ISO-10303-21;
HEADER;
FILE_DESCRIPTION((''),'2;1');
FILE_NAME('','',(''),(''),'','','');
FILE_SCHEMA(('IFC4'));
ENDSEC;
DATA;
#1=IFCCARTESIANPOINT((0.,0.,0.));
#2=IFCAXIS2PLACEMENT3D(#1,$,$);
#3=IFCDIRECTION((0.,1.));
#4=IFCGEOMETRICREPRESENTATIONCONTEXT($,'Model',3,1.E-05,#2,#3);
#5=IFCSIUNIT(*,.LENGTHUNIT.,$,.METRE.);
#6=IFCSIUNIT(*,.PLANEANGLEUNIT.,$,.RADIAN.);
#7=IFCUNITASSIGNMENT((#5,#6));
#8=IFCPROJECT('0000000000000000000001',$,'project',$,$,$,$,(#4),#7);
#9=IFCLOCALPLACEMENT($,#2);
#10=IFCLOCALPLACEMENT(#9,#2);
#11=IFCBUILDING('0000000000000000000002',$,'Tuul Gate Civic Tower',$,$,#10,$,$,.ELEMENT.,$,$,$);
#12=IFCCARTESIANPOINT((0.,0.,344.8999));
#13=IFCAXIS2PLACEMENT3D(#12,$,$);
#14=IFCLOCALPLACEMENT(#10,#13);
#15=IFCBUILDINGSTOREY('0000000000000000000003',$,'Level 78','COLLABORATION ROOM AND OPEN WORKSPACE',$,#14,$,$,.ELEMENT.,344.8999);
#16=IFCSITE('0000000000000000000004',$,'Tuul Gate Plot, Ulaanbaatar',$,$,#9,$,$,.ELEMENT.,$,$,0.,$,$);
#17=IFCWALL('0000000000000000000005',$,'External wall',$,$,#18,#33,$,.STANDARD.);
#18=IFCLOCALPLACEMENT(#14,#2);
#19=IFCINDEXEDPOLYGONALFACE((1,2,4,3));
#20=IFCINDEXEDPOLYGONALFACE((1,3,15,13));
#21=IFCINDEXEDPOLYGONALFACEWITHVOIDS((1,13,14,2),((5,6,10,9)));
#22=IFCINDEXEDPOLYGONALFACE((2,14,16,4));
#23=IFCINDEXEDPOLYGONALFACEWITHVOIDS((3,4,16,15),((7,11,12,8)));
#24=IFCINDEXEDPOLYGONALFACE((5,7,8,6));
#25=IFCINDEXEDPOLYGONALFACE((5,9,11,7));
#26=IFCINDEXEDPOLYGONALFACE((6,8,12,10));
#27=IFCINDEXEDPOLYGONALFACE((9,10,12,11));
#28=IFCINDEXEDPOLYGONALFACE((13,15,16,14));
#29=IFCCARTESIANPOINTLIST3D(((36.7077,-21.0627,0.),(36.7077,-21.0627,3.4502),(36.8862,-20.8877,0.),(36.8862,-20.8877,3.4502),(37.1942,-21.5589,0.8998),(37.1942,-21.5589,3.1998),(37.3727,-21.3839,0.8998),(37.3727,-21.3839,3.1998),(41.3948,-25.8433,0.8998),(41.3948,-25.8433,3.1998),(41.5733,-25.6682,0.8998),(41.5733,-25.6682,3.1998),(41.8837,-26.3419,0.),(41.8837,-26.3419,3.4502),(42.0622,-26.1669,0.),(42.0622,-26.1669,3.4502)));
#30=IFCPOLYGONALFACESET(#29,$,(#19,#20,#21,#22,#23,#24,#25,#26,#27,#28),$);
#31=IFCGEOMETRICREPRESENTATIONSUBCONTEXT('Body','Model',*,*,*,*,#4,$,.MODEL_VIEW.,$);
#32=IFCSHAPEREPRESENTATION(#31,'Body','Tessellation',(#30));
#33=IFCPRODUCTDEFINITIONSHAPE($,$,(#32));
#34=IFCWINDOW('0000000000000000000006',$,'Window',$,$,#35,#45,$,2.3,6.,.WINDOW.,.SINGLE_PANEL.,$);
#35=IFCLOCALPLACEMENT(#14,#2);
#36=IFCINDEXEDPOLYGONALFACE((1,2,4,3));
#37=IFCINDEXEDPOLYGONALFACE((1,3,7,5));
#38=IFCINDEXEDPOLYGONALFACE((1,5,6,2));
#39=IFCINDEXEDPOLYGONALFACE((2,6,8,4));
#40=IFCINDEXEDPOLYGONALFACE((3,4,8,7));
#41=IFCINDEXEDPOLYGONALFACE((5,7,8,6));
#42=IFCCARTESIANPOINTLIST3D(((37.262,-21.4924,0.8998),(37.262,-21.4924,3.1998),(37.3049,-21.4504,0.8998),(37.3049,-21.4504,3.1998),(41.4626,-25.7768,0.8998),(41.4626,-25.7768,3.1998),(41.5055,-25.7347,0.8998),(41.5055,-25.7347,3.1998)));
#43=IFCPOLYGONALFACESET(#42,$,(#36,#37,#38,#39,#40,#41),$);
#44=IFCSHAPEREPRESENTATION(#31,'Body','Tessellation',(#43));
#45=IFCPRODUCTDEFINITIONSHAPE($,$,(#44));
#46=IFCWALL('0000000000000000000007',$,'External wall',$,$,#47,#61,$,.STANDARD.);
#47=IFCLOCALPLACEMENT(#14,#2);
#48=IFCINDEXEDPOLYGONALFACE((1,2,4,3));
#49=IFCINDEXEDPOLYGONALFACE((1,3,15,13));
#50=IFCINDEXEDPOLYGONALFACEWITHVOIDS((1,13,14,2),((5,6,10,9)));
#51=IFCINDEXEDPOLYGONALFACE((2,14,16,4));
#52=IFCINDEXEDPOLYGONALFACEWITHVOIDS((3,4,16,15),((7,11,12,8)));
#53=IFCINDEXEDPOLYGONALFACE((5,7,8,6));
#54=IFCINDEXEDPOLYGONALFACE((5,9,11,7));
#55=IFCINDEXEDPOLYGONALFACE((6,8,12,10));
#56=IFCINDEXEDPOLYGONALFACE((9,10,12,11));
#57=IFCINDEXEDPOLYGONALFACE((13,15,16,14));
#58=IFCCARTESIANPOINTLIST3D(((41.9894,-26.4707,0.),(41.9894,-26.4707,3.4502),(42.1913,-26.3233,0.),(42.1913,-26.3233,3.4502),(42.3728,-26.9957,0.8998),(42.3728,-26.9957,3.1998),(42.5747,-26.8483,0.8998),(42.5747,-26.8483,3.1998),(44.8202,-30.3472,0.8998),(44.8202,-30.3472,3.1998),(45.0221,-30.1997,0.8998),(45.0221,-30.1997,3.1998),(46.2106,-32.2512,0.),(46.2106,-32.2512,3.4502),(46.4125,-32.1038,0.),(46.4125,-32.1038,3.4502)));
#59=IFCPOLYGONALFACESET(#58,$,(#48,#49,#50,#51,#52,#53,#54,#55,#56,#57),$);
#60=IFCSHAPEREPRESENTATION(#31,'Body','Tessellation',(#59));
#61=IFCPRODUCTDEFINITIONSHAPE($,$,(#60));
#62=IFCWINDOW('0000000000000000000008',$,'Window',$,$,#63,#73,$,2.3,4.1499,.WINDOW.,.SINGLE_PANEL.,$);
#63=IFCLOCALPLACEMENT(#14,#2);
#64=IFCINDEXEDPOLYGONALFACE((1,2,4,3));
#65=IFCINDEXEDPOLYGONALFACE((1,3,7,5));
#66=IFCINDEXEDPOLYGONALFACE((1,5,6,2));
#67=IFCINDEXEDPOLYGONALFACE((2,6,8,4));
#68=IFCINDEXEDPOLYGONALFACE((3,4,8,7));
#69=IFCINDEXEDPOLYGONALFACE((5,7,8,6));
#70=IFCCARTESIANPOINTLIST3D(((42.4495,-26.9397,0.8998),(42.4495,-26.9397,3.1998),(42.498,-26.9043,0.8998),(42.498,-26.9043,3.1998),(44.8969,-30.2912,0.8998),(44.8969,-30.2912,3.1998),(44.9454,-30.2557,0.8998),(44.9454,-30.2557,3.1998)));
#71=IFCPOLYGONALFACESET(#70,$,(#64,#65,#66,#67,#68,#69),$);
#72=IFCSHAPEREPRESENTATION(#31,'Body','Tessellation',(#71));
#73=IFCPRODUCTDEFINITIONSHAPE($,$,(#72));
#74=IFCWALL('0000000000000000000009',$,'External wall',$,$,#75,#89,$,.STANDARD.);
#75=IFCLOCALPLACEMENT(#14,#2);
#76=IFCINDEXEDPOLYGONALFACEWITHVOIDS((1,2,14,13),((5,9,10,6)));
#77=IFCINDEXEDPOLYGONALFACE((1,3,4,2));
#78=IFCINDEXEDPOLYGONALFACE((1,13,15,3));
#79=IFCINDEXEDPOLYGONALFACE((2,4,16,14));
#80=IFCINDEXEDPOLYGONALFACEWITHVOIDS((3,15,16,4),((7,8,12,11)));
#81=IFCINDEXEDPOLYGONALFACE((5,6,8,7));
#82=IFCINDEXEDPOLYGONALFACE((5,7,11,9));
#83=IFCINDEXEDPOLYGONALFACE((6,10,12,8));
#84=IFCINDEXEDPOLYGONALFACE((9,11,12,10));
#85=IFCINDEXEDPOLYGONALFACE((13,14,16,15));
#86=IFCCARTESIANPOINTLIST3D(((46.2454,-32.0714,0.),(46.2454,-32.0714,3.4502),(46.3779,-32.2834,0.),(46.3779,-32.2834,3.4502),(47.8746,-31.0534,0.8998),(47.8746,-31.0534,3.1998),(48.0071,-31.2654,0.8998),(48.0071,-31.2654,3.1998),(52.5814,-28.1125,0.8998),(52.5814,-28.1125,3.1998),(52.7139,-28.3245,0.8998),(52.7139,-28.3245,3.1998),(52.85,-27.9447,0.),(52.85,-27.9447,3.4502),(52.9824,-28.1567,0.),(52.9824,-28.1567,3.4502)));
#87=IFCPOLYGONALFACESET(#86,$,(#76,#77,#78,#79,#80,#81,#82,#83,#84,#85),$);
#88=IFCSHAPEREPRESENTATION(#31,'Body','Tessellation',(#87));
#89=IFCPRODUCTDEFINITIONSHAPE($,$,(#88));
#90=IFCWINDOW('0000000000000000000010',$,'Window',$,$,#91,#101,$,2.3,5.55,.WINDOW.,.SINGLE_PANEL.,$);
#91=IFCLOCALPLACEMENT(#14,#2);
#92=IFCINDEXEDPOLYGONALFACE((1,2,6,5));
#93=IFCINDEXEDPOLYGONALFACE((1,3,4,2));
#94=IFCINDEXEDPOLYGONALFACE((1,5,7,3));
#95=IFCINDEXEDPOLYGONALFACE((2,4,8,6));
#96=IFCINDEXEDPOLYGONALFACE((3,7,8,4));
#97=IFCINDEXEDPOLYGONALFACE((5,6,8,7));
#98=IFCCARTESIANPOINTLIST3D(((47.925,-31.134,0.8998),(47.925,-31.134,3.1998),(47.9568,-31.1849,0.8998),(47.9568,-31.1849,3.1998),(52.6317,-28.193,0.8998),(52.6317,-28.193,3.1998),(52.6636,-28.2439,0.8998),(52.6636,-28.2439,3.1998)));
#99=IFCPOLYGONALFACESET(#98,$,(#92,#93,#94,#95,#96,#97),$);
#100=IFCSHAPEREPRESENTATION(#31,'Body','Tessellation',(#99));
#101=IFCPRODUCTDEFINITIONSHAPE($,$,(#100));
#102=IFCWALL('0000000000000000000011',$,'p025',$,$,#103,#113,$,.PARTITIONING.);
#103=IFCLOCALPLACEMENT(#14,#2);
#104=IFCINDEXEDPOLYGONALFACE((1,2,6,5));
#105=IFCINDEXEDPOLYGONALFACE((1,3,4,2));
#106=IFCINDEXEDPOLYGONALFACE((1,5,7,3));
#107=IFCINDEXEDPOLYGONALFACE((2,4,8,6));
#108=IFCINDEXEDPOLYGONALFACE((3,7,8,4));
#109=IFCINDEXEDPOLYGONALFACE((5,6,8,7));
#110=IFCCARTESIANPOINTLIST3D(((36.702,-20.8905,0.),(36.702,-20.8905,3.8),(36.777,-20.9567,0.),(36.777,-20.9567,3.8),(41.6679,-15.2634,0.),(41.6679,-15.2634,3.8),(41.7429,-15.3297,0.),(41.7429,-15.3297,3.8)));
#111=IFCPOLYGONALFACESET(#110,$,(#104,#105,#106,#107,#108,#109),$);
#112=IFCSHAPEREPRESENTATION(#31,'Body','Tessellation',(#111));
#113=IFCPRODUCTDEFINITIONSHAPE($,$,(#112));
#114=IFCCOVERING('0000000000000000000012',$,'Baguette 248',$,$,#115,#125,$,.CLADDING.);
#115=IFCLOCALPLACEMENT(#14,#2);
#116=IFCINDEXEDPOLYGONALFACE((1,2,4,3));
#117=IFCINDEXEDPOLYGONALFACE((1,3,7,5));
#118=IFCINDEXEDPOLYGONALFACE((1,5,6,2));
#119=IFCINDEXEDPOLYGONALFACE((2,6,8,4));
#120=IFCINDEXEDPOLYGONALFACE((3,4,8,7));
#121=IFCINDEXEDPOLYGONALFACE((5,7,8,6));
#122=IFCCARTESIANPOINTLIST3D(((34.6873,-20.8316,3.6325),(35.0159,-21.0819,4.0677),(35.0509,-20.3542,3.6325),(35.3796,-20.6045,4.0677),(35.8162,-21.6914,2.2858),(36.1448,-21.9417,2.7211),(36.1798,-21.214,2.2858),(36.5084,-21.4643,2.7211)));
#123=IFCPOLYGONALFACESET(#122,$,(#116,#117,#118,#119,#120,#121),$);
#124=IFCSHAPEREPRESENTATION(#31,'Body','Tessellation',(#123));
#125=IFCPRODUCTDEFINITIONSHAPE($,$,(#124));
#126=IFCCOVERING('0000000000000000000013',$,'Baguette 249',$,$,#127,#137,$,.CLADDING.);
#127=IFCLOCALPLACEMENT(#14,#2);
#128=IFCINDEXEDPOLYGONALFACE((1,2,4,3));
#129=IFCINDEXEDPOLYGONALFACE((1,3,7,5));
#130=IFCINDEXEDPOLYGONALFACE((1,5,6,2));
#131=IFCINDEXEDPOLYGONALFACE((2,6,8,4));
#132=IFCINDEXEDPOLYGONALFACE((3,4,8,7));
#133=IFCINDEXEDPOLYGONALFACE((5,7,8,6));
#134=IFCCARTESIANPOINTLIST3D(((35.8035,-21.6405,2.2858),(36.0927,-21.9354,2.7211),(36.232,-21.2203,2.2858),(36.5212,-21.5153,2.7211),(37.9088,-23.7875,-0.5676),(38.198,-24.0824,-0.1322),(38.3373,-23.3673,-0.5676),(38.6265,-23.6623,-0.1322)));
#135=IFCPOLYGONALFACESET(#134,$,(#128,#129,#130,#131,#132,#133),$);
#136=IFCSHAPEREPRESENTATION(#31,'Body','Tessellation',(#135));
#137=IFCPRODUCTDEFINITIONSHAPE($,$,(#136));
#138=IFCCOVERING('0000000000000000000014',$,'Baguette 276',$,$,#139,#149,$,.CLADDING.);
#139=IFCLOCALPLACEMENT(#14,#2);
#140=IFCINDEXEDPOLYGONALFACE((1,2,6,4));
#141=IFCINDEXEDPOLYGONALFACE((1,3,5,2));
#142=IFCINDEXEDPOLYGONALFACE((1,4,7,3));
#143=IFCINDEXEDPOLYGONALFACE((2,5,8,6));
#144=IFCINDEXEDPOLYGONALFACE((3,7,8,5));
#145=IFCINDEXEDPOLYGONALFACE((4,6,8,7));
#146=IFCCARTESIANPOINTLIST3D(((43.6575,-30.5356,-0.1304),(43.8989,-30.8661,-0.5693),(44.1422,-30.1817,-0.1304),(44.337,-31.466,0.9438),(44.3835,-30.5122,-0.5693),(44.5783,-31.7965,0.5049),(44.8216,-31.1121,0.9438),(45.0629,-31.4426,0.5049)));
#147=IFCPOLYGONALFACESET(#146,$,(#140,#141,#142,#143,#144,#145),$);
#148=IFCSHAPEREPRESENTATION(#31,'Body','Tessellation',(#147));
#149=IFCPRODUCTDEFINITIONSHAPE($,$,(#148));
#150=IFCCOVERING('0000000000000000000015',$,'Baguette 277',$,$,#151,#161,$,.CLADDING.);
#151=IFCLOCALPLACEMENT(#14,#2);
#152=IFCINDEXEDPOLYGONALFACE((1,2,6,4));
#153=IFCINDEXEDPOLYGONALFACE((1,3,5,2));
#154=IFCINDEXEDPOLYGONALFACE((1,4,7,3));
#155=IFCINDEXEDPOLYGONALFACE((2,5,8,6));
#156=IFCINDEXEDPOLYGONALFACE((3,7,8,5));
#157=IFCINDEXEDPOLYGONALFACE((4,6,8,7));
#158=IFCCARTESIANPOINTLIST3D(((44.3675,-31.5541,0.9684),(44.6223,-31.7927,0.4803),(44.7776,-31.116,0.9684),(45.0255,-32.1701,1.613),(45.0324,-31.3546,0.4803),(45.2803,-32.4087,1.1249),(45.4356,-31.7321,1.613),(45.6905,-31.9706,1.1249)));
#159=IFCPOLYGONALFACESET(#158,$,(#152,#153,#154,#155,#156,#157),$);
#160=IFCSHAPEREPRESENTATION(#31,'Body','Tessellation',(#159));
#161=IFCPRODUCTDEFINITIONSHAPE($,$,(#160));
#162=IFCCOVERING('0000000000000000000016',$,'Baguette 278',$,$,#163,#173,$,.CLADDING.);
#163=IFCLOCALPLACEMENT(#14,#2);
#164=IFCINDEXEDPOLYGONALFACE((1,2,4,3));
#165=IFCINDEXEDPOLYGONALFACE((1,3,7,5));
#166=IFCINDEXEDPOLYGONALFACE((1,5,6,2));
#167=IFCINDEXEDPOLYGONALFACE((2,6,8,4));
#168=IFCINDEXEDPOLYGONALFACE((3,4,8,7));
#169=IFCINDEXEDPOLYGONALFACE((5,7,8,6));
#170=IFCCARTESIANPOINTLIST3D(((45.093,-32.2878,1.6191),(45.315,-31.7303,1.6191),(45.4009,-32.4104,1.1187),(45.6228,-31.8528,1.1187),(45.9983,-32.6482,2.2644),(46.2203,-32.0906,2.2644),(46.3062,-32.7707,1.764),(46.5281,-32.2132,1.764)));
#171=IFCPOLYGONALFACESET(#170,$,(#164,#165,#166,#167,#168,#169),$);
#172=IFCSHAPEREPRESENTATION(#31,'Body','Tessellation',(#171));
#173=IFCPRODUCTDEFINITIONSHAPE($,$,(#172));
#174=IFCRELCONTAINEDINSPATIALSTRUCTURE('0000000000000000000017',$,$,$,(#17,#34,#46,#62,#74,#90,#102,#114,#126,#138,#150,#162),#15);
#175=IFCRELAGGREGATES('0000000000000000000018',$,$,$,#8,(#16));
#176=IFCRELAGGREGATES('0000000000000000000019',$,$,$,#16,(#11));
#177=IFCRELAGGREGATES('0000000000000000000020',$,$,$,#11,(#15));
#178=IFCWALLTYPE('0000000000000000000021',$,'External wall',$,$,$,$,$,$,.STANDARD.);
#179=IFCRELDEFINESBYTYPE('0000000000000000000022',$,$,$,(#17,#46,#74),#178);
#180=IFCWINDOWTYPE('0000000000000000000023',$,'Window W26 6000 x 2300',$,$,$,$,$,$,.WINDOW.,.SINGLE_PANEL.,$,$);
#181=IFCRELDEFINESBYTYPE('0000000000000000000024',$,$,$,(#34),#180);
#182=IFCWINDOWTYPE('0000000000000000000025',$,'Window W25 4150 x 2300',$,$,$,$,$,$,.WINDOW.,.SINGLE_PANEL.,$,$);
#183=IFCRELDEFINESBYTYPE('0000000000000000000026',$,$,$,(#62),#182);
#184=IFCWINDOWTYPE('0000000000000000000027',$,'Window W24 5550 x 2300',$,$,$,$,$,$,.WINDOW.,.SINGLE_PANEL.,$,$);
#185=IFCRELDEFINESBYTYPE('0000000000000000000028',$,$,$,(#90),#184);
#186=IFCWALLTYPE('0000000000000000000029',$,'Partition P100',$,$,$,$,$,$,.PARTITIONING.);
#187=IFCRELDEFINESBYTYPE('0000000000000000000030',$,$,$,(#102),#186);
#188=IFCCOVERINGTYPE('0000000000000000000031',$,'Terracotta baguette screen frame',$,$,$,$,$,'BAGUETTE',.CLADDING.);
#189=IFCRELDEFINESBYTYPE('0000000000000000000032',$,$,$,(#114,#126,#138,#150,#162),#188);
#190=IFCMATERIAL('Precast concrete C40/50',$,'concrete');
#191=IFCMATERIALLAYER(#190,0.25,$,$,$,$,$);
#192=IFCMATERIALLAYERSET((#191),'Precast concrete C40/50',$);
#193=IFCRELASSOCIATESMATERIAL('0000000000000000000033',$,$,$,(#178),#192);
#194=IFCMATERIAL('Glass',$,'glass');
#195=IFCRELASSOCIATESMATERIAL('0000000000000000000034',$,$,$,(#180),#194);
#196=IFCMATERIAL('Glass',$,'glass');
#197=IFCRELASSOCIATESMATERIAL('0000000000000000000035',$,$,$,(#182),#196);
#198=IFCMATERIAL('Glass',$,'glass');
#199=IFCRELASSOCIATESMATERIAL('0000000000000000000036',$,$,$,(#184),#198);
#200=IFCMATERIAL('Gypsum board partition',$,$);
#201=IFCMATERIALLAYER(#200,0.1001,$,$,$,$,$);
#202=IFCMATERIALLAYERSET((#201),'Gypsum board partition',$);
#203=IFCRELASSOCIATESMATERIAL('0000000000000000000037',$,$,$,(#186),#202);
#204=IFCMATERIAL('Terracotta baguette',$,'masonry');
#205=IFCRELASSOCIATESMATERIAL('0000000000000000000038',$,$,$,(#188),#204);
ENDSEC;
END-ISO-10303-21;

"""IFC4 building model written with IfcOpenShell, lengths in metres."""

from ifc_helpers import new_model, si_unit, direction, frame, frame_2d, origin, origin_2d, place, context, subcontext, project, spatial, rectangle, extrude, material, layer, layer_set, material_profile, profile_set, type_object, element, fill, save


model = new_model("IFC4")

# Units and contexts
model_context = context("Model", 3, precision=1e-05, world=origin(), true_north=direction((0.0, 1.0)))
body_context = subcontext(model_context, "Body", "Model", "MODEL_VIEW")
ifc_project = project(units=[si_unit("LENGTHUNIT", "METRE"), si_unit("PLANEANGLEUNIT", "RADIAN")], contexts=[model_context])

# Site, building, storey
site_placement = place(None, origin())
site = spatial("IfcSite", under=ifc_project, at=site_placement, Name="Tuul Gate Plot, Ulaanbaatar", CompositionType="ELEMENT", RefElevation=0.0)
building_placement = place(site_placement, origin())
building = spatial("IfcBuilding", under=site, at=building_placement, Name="Tuul Gate Civic Tower", CompositionType="ELEMENT")
storey_placement = place(building_placement, frame((0.0, 0.0, 344.8999)))
storey = spatial("IfcBuildingStorey", under=building, at=storey_placement, Name="Level 78", Description="COLLABORATION ROOM AND OPEN WORKSPACE", CompositionType="ELEMENT", Elevation=344.8999)

# Walls, openings, windows
ifc_material_1 = material(Name="Precast concrete C40/50", Category="concrete")
ifc_layer_1 = layer(ifc_material_1, 0.25)
ifc_layer_set_1 = layer_set([ifc_layer_1], Name="Precast concrete C40/50")
wall_type_1 = type_object("IfcWallType", Name="External wall", PredefinedType="STANDARD", material=ifc_layer_set_1)
wall_1_placement = place(storey_placement, frame((36.7969, -20.9751, 0.0), z_axis=(0.0, 0.0, 1.0), x_axis=(0.700088, -0.714056, 0.0)))
wall_1 = element("IfcWall", 1, at=wall_1_placement, inside=storey, type_object=wall_type_1, Name="External wall", PredefinedType="STANDARD", context=body_context, shape_type="SweptSolid", body=[
    extrude(rectangle(XDim=7.3933, YDim=0.25, at=frame_2d((3.6968, 0.0))), origin(), (0.0, 0.0, 1.0), 3.4502),
])
opening_1_placement = place(wall_1_placement, frame((0.6951, 0.0, 0.8999)))
opening_1 = element("IfcOpeningElement", 2, at=opening_1_placement, cuts=wall_1, PredefinedType="OPENING", context=body_context, shape_type="SweptSolid", body=[
    extrude(rectangle(XDim=6.0, YDim=2.3, at=frame_2d((3.0, 1.1499))), frame((0.0, 0.135, 0.0), z_axis=(0.0, -1.0, 0.0), x_axis=(1.0, 0.0, 0.0)), (0.0, 0.0, 1.0), 0.27),
])
ifc_material_2 = material(Name="Glass", Category="glass")
window_type_1 = type_object("IfcWindowType", Name="Window W26 6000 x 2300", PartitioningType="SINGLE_PANEL", PredefinedType="WINDOW", material=ifc_material_2)
window_1_placement = place(opening_1_placement, origin())
window_1 = element("IfcWindow", 3, at=window_1_placement, inside=storey, type_object=window_type_1, Name="Window", OverallHeight=2.3, OverallWidth=6.0, PartitioningType="SINGLE_PANEL", PredefinedType="WINDOW", context=body_context, shape_type="SweptSolid", body=[
    extrude(rectangle(XDim=6.0, YDim=2.3, at=frame_2d((3.0, 1.1499))), frame((0.0, 0.03, 0.0), z_axis=(0.0, -1.0, 0.0), x_axis=(1.0, 0.0, 0.0)), (0.0, 0.0, 1.0), 0.0601),
])
fill(opening_1, window_1)
wall_2_placement = place(storey_placement, frame((42.0903, -26.397, 0.0), z_axis=(0.0, 0.0, 1.0), x_axis=(0.58974, -0.807593, 0.0)))
wall_2 = element("IfcWall", 4, at=wall_2_placement, inside=storey, type_object=wall_type_1, Name="External wall", PredefinedType="STANDARD", context=body_context, shape_type="SweptSolid", body=[
    extrude(rectangle(XDim=7.1577, YDim=0.25, at=frame_2d((3.5789, 0.0))), origin(), (0.0, 0.0, 1.0), 3.4502),
])
opening_2_placement = place(wall_2_placement, frame((0.6501, 0.0, 0.8999)))
opening_2 = element("IfcOpeningElement", 5, at=opening_2_placement, cuts=wall_2, PredefinedType="OPENING", context=body_context, shape_type="SweptSolid", body=[
    extrude(rectangle(XDim=4.1499, YDim=2.3, at=frame_2d((2.075, 1.1499))), frame((0.0, 0.135, 0.0), z_axis=(0.0, -1.0, 0.0), x_axis=(1.0, 0.0, 0.0)), (0.0, 0.0, 1.0), 0.27),
])
ifc_material_3 = material(Name="Glass", Category="glass")
window_type_2 = type_object("IfcWindowType", Name="Window W25 4150 x 2300", PartitioningType="SINGLE_PANEL", PredefinedType="WINDOW", material=ifc_material_3)
window_2_placement = place(opening_2_placement, origin())
window_2 = element("IfcWindow", 6, at=window_2_placement, inside=storey, type_object=window_type_2, Name="Window", OverallHeight=2.3, OverallWidth=4.1499, PartitioningType="SINGLE_PANEL", PredefinedType="WINDOW", context=body_context, shape_type="SweptSolid", body=[
    extrude(rectangle(XDim=4.1499, YDim=2.3, at=frame_2d((2.075, 1.1499))), frame((0.0, 0.03, 0.0), z_axis=(0.0, -1.0, 0.0), x_axis=(1.0, 0.0, 0.0)), (0.0, 0.0, 1.0), 0.0601),
])
fill(opening_2, window_2)
wall_3_placement = place(storey_placement, frame((46.3115, -32.1775, 0.0), z_axis=(0.0, 0.0, 1.0), x_axis=(0.848062, 0.529897, 0.0)))
wall_3 = element("IfcWall", 7, at=wall_3_placement, inside=storey, type_object=wall_type_1, Name="External wall", PredefinedType="STANDARD", context=body_context, shape_type="SweptSolid", body=[
    extrude(rectangle(XDim=7.7878, YDim=0.25, at=frame_2d((3.894, 0.0))), origin(), (0.0, 0.0, 1.0), 3.4502),
])
opening_3_placement = place(wall_3_placement, frame((1.9214, 0.0, 0.8999)))
opening_3 = element("IfcOpeningElement", 8, at=opening_3_placement, cuts=wall_3, PredefinedType="OPENING", context=body_context, shape_type="SweptSolid", body=[
    extrude(rectangle(XDim=5.55, YDim=2.3, at=frame_2d((2.7749, 1.1499))), frame((0.0, 0.135, 0.0), z_axis=(0.0, -1.0, 0.0), x_axis=(1.0, 0.0, 0.0)), (0.0, 0.0, 1.0), 0.27),
])
ifc_material_4 = material(Name="Glass", Category="glass")
window_type_3 = type_object("IfcWindowType", Name="Window W24 5550 x 2300", PartitioningType="SINGLE_PANEL", PredefinedType="WINDOW", material=ifc_material_4)
window_3_placement = place(opening_3_placement, origin())
window_3 = element("IfcWindow", 9, at=window_3_placement, inside=storey, type_object=window_type_3, Name="Window", OverallHeight=2.3, OverallWidth=5.55, PartitioningType="SINGLE_PANEL", PredefinedType="WINDOW", context=body_context, shape_type="SweptSolid", body=[
    extrude(rectangle(XDim=5.55, YDim=2.3, at=frame_2d((2.7749, 1.1499))), frame((0.0, 0.03, 0.0), z_axis=(0.0, -1.0, 0.0), x_axis=(1.0, 0.0, 0.0)), (0.0, 0.0, 1.0), 0.0601),
])
fill(opening_3, window_3)

# Wall
ifc_material_5 = material(Name="Gypsum board partition")
ifc_layer_2 = layer(ifc_material_5, 0.1001)
ifc_layer_set_2 = layer_set([ifc_layer_2], Name="Gypsum board partition")
wall_type_2 = type_object("IfcWallType", Name="Partition P100", PredefinedType="PARTITIONING", material=ifc_layer_set_2)
wall_4_placement = place(storey_placement, frame((36.7395, -20.9236, 0.0), z_axis=(0.0, 0.0, 1.0), x_axis=(0.661686, 0.749781, 0.0)))
element("IfcWall", 10, at=wall_4_placement, inside=storey, type_object=wall_type_2, Name="p025", PredefinedType="PARTITIONING", context=body_context, shape_type="SweptSolid", body=[
    extrude(rectangle(XDim=7.5049, YDim=0.1001, at=frame_2d((3.7524, 0.0))), origin(), (0.0, 0.0, 1.0), 3.8),
])

# Coverings
ifc_material_6 = material(Name="Terracotta baguette", Category="masonry")
ifc_material_profile_1 = material_profile(ifc_material_6, rectangle(XDim=0.6001, YDim=0.6001, at=origin_2d()), Name="Terracotta baguette screen frame")
ifc_profile_set_1 = profile_set([ifc_material_profile_1], Name="Terracotta baguette")
covering_type = type_object("IfcCoveringType", Name="Terracotta baguette screen frame", ElementType="BAGUETTE", PredefinedType="CLADDING", material=ifc_profile_set_1)
covering_1_placement = place(storey_placement, frame((35.0334, -20.718, 3.8501), z_axis=(0.577045, -0.439522, -0.68836), x_axis=(0.605929, 0.795519, 0.0)))
element("IfcCovering", 11, at=covering_1_placement, inside=storey, type_object=covering_type, Name="Baguette 248", PredefinedType="CLADDING", context=body_context, shape_type="SweptSolid", body=[
    extrude(rectangle(XDim=0.6001, YDim=0.6001, at=origin_2d()), origin(), (0.0, 0.0, 1.0), 1.9563),
])
covering_2_placement = place(storey_placement, frame((36.1624, -21.5779, 2.5034), z_axis=(0.507871, -0.517943, -0.688333), x_axis=(0.714015, 0.700131, 0.0)))
element("IfcCovering", 12, at=covering_2_placement, inside=storey, type_object=covering_type, Name="Baguette 249", PredefinedType="CLADDING", context=body_context, shape_type="SweptSolid", body=[
    extrude(rectangle(XDim=0.6001, YDim=0.6001, at=origin_2d()), origin(), (0.0, 0.0, 1.0), 4.1453),
])
covering_3_placement = place(storey_placement, frame((44.0205, -30.5239, -0.3499), z_axis=(0.431336, -0.590666, 0.681955), x_axis=(0.807589, 0.589746, 0.0)))
element("IfcCovering", 13, at=covering_3_placement, inside=storey, type_object=covering_type, Name="Baguette 276", PredefinedType="CLADDING", context=body_context, shape_type="SweptSolid", body=[
    extrude(rectangle(XDim=0.6001, YDim=0.6001, at=origin_2d()), origin(), (0.0, 0.0, 1.0), 1.5752),
])
covering_4_placement = place(storey_placement, frame((44.7, -31.4543, 0.7244), z_axis=(0.593806, -0.555908, 0.581688), x_axis=(0.683427, 0.730019, 0.0)))
element("IfcCovering", 14, at=covering_4_placement, inside=storey, type_object=covering_type, Name="Baguette 277", PredefinedType="CLADDING", context=body_context, shape_type="SweptSolid", body=[
    extrude(rectangle(XDim=0.6001, YDim=0.6001, at=origin_2d()), origin(), (0.0, 0.0, 1.0), 1.1082),
])
covering_5_placement = place(storey_placement, frame((45.3579, -32.0703, 1.3689), z_axis=(0.774633, -0.308349, 0.552145), x_axis=(0.369835, 0.929097, 0.0)))
element("IfcCovering", 15, at=covering_5_placement, inside=storey, type_object=covering_type, Name="Baguette 278", PredefinedType="CLADDING", context=body_context, shape_type="SweptSolid", body=[
    extrude(rectangle(XDim=0.6001, YDim=0.6001, at=origin_2d()), origin(), (0.0, 0.0, 1.0), 1.1687),
])

save(model, "model.ifc")
